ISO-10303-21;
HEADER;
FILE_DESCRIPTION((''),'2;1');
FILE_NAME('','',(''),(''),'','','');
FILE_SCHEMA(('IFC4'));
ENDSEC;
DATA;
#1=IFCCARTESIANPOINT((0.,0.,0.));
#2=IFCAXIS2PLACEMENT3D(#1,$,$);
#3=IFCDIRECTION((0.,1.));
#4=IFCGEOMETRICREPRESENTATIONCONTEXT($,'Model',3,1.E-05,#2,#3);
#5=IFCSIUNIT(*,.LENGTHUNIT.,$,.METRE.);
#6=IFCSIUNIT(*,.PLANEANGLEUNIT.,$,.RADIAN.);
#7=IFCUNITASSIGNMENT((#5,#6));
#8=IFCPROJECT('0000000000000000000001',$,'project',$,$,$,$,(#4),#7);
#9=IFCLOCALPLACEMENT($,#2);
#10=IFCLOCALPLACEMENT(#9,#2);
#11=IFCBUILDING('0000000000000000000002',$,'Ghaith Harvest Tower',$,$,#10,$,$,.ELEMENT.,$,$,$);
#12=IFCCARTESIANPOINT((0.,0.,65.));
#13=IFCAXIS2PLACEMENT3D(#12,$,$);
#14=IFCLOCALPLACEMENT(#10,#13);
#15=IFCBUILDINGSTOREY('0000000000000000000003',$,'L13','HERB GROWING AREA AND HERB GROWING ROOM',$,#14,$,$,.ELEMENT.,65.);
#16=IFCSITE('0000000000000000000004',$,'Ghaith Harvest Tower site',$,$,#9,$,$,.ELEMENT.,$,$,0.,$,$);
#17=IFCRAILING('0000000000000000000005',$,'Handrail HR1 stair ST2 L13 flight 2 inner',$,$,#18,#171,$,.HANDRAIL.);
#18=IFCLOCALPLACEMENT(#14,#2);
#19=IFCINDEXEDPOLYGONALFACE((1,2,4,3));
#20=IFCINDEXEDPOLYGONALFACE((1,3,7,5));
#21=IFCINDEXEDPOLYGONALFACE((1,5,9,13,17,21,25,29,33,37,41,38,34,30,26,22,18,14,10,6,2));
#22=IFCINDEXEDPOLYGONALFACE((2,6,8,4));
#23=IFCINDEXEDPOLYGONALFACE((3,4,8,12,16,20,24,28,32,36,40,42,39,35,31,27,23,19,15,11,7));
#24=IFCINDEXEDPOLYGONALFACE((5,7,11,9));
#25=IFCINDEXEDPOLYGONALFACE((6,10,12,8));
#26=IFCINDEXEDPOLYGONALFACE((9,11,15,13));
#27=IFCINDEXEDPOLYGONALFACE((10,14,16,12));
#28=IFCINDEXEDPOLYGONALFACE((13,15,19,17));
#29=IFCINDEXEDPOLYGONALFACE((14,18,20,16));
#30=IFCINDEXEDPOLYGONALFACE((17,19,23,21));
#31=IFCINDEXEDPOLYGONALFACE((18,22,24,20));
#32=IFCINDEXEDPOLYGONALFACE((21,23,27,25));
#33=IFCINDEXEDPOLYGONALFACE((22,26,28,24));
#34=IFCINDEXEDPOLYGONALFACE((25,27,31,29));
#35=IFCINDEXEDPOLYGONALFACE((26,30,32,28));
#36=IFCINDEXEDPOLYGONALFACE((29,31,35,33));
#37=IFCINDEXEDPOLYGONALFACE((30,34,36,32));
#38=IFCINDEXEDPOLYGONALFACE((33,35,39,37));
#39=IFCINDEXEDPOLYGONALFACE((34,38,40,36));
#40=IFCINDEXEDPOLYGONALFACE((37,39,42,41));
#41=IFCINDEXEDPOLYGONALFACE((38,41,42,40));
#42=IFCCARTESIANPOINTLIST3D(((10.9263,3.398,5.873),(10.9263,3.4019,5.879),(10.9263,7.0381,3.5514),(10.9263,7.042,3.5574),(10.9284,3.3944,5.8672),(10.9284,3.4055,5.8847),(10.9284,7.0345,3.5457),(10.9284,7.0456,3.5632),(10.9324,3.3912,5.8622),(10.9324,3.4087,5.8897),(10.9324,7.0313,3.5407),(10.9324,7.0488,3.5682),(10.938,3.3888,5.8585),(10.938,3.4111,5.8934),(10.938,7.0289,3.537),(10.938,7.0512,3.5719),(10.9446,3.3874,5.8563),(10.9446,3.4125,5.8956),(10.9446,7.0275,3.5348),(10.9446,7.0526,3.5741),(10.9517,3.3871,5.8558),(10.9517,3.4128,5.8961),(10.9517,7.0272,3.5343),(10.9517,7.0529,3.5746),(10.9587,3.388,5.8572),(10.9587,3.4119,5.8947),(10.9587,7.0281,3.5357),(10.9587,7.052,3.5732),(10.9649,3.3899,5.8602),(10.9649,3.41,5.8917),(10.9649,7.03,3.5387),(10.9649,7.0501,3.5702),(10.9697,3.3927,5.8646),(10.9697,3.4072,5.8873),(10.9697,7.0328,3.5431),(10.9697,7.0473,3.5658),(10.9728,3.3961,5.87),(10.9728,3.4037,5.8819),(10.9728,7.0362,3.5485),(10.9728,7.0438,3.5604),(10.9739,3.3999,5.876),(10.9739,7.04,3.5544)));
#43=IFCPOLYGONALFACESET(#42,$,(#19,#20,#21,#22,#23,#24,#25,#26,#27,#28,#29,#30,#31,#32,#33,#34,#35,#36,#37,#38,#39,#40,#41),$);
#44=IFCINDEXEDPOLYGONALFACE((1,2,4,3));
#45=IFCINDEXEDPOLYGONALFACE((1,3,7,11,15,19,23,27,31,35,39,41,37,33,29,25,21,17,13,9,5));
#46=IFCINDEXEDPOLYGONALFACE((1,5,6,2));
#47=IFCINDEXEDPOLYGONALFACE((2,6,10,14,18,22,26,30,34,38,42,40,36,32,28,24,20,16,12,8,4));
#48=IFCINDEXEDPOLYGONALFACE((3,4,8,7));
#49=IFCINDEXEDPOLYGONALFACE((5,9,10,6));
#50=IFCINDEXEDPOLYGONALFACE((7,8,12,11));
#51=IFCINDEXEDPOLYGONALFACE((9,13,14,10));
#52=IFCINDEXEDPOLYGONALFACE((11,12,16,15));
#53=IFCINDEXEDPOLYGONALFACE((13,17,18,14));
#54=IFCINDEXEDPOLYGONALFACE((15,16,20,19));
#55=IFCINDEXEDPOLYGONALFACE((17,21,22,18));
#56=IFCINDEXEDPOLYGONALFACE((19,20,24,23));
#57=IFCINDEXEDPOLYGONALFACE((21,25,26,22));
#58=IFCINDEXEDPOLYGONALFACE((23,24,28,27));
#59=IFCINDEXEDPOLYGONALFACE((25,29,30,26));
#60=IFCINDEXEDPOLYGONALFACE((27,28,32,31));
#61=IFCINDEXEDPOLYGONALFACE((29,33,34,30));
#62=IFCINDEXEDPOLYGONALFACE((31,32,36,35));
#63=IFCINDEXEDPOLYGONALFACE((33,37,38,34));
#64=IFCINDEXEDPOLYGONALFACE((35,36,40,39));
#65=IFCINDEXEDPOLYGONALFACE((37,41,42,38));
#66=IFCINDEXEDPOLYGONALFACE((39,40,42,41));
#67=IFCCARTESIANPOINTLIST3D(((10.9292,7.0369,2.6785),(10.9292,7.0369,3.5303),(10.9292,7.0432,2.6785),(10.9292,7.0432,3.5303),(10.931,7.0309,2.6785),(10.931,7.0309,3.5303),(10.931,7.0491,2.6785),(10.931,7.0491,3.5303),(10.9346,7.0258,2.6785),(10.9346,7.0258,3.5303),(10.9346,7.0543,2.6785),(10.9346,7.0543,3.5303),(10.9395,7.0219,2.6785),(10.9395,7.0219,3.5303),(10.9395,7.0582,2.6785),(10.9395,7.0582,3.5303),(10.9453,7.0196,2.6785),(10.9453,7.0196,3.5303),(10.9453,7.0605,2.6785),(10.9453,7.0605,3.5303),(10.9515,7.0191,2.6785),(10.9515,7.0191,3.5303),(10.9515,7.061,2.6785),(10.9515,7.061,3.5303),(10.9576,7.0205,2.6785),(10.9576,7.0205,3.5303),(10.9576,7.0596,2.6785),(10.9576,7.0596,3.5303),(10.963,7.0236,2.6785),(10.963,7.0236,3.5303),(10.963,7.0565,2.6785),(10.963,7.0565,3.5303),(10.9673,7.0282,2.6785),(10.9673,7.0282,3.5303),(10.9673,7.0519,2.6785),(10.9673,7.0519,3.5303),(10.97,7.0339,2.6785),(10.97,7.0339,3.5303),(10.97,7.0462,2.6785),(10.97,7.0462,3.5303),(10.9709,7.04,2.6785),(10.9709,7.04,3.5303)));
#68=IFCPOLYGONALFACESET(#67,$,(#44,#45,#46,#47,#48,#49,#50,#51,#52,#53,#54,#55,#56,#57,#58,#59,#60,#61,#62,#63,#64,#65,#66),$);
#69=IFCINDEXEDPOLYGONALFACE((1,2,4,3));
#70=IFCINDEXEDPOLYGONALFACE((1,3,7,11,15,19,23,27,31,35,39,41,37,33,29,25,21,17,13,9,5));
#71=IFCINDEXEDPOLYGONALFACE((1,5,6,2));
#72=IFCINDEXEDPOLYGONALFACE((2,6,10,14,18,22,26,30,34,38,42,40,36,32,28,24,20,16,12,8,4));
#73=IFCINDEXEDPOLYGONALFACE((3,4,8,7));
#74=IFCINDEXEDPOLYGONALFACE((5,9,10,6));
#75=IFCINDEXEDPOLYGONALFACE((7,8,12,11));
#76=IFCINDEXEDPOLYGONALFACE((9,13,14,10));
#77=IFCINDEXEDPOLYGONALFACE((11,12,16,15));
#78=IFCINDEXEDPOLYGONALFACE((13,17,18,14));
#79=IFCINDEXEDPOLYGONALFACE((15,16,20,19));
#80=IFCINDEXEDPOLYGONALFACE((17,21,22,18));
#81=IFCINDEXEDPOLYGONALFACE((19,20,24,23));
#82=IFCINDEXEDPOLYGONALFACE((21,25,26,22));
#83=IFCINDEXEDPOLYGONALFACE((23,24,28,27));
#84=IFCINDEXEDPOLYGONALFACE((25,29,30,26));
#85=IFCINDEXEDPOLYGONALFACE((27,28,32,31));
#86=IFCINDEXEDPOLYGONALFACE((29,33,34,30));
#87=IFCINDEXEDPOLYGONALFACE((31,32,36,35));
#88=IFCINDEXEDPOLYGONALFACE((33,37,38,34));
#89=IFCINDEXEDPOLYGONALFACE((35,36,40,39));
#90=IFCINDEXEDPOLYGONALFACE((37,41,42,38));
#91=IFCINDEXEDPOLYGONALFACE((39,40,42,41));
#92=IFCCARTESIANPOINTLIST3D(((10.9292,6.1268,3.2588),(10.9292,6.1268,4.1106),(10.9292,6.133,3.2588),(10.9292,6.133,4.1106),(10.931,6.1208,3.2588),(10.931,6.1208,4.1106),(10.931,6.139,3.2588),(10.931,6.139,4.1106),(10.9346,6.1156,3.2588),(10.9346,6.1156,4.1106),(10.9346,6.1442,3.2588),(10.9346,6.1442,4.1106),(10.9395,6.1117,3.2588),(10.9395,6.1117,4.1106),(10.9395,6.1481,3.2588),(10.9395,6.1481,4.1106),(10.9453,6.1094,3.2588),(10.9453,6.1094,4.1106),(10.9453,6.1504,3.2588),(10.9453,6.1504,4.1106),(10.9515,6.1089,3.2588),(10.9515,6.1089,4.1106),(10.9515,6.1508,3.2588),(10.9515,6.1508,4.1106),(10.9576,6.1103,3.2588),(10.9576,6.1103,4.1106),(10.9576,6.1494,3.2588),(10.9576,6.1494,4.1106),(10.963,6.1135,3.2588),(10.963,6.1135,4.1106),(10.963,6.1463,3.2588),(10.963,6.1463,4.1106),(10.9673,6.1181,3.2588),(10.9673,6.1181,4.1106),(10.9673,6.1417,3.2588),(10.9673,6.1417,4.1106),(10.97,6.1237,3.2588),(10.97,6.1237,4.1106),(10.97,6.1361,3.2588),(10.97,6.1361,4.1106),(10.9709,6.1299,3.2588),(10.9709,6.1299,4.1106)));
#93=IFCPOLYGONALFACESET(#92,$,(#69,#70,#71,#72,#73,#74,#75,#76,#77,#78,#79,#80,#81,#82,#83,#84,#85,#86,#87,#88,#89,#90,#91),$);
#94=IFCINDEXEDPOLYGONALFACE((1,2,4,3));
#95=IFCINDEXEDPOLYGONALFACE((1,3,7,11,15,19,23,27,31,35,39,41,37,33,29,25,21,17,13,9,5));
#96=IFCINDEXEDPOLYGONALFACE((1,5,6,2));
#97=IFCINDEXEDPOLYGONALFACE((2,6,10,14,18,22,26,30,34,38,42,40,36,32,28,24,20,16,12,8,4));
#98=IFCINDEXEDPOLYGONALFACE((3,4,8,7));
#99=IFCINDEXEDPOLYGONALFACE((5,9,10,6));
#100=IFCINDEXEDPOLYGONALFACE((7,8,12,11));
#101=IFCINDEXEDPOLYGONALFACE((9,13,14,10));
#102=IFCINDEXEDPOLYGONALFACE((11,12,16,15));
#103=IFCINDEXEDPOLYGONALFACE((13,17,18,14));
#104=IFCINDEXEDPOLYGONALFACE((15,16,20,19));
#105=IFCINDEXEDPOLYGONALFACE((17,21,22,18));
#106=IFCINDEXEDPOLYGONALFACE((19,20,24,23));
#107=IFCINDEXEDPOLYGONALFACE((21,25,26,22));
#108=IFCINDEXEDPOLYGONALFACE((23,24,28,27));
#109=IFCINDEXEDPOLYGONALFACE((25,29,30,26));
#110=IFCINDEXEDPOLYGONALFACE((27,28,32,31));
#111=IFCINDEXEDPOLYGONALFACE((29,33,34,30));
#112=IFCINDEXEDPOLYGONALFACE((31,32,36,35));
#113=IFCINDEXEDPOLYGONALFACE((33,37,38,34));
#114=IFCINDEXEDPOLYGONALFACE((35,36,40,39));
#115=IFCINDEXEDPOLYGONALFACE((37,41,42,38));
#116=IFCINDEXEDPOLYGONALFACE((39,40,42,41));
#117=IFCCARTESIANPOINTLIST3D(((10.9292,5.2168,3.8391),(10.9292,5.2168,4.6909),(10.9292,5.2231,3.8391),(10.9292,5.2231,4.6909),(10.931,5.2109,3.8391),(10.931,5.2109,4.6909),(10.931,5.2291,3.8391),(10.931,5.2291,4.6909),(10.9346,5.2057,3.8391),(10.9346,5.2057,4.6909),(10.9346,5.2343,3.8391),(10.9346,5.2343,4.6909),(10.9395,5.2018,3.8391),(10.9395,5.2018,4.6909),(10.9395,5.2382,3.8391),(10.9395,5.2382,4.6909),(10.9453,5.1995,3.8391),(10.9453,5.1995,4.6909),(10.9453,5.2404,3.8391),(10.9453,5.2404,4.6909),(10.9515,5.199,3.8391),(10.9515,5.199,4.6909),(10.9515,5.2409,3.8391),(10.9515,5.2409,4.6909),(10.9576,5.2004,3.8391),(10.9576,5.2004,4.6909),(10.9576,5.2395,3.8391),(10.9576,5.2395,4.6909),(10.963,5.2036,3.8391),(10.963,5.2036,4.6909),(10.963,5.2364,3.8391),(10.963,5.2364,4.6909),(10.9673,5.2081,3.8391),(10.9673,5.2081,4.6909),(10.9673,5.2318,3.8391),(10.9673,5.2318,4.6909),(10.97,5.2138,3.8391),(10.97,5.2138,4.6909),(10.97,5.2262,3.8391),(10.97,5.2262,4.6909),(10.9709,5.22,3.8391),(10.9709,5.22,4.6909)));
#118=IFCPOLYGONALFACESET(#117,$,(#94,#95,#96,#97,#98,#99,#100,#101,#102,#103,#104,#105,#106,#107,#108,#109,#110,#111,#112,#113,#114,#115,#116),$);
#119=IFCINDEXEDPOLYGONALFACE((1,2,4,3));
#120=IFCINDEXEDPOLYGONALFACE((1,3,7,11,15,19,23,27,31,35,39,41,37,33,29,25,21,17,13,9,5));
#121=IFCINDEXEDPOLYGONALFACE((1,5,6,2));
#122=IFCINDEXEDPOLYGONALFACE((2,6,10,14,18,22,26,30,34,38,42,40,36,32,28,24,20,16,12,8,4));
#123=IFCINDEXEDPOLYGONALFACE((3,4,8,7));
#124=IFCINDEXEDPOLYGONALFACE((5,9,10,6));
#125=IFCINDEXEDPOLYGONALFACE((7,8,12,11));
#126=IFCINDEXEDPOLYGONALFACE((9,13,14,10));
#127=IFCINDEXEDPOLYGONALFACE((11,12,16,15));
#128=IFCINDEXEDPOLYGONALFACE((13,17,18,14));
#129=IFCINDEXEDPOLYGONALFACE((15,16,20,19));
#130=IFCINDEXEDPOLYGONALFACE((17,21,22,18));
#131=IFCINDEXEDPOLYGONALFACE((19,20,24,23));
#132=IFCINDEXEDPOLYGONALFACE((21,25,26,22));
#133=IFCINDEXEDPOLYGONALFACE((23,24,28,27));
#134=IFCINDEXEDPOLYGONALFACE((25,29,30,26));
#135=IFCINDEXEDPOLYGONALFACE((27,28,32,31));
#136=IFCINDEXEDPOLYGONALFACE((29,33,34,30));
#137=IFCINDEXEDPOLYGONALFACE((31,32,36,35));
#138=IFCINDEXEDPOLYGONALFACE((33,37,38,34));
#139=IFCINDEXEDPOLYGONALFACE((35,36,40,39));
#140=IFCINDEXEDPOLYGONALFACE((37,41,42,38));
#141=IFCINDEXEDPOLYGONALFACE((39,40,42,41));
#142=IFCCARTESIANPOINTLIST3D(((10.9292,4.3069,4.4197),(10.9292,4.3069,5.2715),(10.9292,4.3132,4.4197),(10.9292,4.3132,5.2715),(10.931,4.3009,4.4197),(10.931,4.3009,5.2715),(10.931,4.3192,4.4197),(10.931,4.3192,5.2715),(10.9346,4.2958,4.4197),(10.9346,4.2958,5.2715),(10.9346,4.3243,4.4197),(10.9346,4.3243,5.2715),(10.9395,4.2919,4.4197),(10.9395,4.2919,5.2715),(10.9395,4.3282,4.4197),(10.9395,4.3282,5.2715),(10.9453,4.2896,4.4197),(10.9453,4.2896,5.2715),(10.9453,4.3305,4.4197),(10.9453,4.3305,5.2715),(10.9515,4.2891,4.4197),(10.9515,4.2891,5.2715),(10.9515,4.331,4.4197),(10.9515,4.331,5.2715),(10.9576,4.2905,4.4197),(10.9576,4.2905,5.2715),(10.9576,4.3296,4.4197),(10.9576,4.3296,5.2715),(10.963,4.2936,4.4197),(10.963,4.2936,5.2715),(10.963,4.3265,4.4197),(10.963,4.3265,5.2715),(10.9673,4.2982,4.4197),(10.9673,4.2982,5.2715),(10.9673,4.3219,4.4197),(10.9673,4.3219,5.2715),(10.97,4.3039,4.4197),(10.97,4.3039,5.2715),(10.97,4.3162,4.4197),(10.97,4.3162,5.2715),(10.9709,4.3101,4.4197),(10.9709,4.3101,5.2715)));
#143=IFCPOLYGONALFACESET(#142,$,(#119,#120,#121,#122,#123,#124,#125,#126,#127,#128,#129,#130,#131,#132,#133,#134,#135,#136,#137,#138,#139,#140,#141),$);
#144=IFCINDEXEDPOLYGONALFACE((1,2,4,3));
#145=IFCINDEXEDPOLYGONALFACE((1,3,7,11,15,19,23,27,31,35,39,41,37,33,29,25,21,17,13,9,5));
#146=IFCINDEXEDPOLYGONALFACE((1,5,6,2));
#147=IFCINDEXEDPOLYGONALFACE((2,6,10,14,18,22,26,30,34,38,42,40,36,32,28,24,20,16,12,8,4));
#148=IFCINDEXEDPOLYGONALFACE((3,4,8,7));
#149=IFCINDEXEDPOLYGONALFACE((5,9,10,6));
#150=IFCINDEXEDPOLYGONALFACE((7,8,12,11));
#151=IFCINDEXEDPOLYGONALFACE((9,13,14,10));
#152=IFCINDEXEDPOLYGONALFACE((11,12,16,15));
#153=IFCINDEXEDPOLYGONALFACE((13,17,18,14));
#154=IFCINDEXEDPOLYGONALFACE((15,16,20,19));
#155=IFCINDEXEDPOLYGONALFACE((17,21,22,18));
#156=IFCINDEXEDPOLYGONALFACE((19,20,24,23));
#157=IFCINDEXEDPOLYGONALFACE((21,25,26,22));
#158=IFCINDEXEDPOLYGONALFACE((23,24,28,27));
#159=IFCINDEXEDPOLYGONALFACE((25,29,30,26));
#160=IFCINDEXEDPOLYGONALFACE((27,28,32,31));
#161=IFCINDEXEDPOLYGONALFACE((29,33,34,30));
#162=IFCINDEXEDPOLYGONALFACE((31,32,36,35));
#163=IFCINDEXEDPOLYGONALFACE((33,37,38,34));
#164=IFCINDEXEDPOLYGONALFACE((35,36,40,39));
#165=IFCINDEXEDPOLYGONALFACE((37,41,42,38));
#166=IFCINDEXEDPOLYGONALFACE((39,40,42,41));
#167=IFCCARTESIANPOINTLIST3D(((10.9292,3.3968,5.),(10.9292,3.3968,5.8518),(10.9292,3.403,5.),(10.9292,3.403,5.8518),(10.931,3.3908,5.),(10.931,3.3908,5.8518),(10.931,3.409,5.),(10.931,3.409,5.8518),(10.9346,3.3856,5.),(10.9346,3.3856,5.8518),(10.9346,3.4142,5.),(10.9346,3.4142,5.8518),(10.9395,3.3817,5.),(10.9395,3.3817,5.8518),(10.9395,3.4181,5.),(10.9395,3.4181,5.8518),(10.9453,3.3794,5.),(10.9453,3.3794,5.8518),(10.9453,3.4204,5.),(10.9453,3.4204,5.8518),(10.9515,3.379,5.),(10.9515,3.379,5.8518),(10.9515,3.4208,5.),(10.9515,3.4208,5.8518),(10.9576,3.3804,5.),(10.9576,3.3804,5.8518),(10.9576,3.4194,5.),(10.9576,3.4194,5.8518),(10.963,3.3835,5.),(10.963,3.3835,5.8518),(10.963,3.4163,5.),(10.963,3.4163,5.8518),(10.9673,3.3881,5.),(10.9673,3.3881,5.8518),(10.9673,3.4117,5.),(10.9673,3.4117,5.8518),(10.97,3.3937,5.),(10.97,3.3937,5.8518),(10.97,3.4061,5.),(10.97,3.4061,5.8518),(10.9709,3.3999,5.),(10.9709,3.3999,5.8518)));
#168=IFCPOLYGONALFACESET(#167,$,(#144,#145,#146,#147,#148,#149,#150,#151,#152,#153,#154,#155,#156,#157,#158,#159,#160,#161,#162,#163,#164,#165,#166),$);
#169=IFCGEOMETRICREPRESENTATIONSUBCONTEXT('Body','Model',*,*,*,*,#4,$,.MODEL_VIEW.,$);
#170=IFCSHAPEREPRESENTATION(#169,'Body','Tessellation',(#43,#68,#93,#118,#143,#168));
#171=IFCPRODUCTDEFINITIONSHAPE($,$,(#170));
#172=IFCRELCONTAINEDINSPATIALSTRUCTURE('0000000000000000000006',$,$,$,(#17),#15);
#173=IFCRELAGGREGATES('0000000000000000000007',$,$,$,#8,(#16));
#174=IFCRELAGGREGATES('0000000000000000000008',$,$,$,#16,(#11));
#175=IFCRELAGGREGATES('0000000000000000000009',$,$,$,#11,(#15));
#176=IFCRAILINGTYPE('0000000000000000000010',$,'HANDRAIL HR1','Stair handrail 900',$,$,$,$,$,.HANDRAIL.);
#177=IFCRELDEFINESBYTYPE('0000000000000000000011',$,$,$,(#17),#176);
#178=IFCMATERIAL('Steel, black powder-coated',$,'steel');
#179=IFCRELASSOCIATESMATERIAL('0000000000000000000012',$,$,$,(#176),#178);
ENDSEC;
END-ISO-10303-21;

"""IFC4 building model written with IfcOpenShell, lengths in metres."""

from ifc_helpers import new_model, si_unit, direction, frame, origin, origin_2d, place, context, subcontext, project, spatial, circle, extrude, material, type_object, element, save


model = new_model("IFC4")

# Units and contexts
model_context = context("Model", 3, precision=1e-05, world=origin(), true_north=direction((0.0, 1.0)))
body_context = subcontext(model_context, "Body", "Model", "MODEL_VIEW")
ifc_project = project(units=[si_unit("LENGTHUNIT", "METRE"), si_unit("PLANEANGLEUNIT", "RADIAN")], contexts=[model_context])

# Site, building, storey
site_placement = place(None, origin())
site = spatial("IfcSite", under=ifc_project, at=site_placement, Name="Ghaith Harvest Tower site", CompositionType="ELEMENT", RefElevation=0.0)
building_placement = place(site_placement, origin())
building = spatial("IfcBuilding", under=site, at=building_placement, Name="Ghaith Harvest Tower", CompositionType="ELEMENT")
storey_placement = place(building_placement, frame((0.0, 0.0, 65.0)))
storey = spatial("IfcBuildingStorey", under=building, at=storey_placement, Name="L13", Description="HERB GROWING AREA AND HERB GROWING ROOM", CompositionType="ELEMENT", Elevation=65.0)

# Railing
ifc_material_1 = material(Name="Steel, black powder-coated", Category="steel")
railing_type = type_object("IfcRailingType", Name="HANDRAIL HR1", Description="Stair handrail 900", PredefinedType="HANDRAIL", material=ifc_material_1)
railing_1_placement = place(storey_placement, frame((10.95, 7.04, 2.6785)))
element("IfcRailing", 1, at=railing_1_placement, inside=storey, type_object=railing_type, Name="Handrail HR1 stair ST2 L13 flight 2 inner", PredefinedType="HANDRAIL", context=body_context, shape_type="SweptSolid", body=[
    extrude(circle(Radius=0.0239, at=origin_2d()), frame((0.0, 0.0, 0.876), z_axis=(0.0, -0.843128, 0.537713), x_axis=(1.0, 0.0, 0.0)), (0.0, 0.0, 1.0), 4.3174),
    extrude(circle(Radius=0.021, at=origin_2d()), origin(), (0.0, 0.0, 1.0), 0.8518),
    extrude(circle(Radius=0.021, at=origin_2d()), frame((0.0, -0.9102, 0.5803)), (0.0, 0.0, 1.0), 0.8518),
    extrude(circle(Radius=0.021, at=origin_2d()), frame((0.0, -1.8201, 1.1606)), (0.0, 0.0, 1.0), 0.8518),
    extrude(circle(Radius=0.021, at=origin_2d()), frame((0.0, -2.73, 1.7412)), (0.0, 0.0, 1.0), 0.8518),
    extrude(circle(Radius=0.021, at=origin_2d()), frame((0.0, -3.6401, 2.3215)), (0.0, 0.0, 1.0), 0.8518),
])

save(model, "model.ifc")
